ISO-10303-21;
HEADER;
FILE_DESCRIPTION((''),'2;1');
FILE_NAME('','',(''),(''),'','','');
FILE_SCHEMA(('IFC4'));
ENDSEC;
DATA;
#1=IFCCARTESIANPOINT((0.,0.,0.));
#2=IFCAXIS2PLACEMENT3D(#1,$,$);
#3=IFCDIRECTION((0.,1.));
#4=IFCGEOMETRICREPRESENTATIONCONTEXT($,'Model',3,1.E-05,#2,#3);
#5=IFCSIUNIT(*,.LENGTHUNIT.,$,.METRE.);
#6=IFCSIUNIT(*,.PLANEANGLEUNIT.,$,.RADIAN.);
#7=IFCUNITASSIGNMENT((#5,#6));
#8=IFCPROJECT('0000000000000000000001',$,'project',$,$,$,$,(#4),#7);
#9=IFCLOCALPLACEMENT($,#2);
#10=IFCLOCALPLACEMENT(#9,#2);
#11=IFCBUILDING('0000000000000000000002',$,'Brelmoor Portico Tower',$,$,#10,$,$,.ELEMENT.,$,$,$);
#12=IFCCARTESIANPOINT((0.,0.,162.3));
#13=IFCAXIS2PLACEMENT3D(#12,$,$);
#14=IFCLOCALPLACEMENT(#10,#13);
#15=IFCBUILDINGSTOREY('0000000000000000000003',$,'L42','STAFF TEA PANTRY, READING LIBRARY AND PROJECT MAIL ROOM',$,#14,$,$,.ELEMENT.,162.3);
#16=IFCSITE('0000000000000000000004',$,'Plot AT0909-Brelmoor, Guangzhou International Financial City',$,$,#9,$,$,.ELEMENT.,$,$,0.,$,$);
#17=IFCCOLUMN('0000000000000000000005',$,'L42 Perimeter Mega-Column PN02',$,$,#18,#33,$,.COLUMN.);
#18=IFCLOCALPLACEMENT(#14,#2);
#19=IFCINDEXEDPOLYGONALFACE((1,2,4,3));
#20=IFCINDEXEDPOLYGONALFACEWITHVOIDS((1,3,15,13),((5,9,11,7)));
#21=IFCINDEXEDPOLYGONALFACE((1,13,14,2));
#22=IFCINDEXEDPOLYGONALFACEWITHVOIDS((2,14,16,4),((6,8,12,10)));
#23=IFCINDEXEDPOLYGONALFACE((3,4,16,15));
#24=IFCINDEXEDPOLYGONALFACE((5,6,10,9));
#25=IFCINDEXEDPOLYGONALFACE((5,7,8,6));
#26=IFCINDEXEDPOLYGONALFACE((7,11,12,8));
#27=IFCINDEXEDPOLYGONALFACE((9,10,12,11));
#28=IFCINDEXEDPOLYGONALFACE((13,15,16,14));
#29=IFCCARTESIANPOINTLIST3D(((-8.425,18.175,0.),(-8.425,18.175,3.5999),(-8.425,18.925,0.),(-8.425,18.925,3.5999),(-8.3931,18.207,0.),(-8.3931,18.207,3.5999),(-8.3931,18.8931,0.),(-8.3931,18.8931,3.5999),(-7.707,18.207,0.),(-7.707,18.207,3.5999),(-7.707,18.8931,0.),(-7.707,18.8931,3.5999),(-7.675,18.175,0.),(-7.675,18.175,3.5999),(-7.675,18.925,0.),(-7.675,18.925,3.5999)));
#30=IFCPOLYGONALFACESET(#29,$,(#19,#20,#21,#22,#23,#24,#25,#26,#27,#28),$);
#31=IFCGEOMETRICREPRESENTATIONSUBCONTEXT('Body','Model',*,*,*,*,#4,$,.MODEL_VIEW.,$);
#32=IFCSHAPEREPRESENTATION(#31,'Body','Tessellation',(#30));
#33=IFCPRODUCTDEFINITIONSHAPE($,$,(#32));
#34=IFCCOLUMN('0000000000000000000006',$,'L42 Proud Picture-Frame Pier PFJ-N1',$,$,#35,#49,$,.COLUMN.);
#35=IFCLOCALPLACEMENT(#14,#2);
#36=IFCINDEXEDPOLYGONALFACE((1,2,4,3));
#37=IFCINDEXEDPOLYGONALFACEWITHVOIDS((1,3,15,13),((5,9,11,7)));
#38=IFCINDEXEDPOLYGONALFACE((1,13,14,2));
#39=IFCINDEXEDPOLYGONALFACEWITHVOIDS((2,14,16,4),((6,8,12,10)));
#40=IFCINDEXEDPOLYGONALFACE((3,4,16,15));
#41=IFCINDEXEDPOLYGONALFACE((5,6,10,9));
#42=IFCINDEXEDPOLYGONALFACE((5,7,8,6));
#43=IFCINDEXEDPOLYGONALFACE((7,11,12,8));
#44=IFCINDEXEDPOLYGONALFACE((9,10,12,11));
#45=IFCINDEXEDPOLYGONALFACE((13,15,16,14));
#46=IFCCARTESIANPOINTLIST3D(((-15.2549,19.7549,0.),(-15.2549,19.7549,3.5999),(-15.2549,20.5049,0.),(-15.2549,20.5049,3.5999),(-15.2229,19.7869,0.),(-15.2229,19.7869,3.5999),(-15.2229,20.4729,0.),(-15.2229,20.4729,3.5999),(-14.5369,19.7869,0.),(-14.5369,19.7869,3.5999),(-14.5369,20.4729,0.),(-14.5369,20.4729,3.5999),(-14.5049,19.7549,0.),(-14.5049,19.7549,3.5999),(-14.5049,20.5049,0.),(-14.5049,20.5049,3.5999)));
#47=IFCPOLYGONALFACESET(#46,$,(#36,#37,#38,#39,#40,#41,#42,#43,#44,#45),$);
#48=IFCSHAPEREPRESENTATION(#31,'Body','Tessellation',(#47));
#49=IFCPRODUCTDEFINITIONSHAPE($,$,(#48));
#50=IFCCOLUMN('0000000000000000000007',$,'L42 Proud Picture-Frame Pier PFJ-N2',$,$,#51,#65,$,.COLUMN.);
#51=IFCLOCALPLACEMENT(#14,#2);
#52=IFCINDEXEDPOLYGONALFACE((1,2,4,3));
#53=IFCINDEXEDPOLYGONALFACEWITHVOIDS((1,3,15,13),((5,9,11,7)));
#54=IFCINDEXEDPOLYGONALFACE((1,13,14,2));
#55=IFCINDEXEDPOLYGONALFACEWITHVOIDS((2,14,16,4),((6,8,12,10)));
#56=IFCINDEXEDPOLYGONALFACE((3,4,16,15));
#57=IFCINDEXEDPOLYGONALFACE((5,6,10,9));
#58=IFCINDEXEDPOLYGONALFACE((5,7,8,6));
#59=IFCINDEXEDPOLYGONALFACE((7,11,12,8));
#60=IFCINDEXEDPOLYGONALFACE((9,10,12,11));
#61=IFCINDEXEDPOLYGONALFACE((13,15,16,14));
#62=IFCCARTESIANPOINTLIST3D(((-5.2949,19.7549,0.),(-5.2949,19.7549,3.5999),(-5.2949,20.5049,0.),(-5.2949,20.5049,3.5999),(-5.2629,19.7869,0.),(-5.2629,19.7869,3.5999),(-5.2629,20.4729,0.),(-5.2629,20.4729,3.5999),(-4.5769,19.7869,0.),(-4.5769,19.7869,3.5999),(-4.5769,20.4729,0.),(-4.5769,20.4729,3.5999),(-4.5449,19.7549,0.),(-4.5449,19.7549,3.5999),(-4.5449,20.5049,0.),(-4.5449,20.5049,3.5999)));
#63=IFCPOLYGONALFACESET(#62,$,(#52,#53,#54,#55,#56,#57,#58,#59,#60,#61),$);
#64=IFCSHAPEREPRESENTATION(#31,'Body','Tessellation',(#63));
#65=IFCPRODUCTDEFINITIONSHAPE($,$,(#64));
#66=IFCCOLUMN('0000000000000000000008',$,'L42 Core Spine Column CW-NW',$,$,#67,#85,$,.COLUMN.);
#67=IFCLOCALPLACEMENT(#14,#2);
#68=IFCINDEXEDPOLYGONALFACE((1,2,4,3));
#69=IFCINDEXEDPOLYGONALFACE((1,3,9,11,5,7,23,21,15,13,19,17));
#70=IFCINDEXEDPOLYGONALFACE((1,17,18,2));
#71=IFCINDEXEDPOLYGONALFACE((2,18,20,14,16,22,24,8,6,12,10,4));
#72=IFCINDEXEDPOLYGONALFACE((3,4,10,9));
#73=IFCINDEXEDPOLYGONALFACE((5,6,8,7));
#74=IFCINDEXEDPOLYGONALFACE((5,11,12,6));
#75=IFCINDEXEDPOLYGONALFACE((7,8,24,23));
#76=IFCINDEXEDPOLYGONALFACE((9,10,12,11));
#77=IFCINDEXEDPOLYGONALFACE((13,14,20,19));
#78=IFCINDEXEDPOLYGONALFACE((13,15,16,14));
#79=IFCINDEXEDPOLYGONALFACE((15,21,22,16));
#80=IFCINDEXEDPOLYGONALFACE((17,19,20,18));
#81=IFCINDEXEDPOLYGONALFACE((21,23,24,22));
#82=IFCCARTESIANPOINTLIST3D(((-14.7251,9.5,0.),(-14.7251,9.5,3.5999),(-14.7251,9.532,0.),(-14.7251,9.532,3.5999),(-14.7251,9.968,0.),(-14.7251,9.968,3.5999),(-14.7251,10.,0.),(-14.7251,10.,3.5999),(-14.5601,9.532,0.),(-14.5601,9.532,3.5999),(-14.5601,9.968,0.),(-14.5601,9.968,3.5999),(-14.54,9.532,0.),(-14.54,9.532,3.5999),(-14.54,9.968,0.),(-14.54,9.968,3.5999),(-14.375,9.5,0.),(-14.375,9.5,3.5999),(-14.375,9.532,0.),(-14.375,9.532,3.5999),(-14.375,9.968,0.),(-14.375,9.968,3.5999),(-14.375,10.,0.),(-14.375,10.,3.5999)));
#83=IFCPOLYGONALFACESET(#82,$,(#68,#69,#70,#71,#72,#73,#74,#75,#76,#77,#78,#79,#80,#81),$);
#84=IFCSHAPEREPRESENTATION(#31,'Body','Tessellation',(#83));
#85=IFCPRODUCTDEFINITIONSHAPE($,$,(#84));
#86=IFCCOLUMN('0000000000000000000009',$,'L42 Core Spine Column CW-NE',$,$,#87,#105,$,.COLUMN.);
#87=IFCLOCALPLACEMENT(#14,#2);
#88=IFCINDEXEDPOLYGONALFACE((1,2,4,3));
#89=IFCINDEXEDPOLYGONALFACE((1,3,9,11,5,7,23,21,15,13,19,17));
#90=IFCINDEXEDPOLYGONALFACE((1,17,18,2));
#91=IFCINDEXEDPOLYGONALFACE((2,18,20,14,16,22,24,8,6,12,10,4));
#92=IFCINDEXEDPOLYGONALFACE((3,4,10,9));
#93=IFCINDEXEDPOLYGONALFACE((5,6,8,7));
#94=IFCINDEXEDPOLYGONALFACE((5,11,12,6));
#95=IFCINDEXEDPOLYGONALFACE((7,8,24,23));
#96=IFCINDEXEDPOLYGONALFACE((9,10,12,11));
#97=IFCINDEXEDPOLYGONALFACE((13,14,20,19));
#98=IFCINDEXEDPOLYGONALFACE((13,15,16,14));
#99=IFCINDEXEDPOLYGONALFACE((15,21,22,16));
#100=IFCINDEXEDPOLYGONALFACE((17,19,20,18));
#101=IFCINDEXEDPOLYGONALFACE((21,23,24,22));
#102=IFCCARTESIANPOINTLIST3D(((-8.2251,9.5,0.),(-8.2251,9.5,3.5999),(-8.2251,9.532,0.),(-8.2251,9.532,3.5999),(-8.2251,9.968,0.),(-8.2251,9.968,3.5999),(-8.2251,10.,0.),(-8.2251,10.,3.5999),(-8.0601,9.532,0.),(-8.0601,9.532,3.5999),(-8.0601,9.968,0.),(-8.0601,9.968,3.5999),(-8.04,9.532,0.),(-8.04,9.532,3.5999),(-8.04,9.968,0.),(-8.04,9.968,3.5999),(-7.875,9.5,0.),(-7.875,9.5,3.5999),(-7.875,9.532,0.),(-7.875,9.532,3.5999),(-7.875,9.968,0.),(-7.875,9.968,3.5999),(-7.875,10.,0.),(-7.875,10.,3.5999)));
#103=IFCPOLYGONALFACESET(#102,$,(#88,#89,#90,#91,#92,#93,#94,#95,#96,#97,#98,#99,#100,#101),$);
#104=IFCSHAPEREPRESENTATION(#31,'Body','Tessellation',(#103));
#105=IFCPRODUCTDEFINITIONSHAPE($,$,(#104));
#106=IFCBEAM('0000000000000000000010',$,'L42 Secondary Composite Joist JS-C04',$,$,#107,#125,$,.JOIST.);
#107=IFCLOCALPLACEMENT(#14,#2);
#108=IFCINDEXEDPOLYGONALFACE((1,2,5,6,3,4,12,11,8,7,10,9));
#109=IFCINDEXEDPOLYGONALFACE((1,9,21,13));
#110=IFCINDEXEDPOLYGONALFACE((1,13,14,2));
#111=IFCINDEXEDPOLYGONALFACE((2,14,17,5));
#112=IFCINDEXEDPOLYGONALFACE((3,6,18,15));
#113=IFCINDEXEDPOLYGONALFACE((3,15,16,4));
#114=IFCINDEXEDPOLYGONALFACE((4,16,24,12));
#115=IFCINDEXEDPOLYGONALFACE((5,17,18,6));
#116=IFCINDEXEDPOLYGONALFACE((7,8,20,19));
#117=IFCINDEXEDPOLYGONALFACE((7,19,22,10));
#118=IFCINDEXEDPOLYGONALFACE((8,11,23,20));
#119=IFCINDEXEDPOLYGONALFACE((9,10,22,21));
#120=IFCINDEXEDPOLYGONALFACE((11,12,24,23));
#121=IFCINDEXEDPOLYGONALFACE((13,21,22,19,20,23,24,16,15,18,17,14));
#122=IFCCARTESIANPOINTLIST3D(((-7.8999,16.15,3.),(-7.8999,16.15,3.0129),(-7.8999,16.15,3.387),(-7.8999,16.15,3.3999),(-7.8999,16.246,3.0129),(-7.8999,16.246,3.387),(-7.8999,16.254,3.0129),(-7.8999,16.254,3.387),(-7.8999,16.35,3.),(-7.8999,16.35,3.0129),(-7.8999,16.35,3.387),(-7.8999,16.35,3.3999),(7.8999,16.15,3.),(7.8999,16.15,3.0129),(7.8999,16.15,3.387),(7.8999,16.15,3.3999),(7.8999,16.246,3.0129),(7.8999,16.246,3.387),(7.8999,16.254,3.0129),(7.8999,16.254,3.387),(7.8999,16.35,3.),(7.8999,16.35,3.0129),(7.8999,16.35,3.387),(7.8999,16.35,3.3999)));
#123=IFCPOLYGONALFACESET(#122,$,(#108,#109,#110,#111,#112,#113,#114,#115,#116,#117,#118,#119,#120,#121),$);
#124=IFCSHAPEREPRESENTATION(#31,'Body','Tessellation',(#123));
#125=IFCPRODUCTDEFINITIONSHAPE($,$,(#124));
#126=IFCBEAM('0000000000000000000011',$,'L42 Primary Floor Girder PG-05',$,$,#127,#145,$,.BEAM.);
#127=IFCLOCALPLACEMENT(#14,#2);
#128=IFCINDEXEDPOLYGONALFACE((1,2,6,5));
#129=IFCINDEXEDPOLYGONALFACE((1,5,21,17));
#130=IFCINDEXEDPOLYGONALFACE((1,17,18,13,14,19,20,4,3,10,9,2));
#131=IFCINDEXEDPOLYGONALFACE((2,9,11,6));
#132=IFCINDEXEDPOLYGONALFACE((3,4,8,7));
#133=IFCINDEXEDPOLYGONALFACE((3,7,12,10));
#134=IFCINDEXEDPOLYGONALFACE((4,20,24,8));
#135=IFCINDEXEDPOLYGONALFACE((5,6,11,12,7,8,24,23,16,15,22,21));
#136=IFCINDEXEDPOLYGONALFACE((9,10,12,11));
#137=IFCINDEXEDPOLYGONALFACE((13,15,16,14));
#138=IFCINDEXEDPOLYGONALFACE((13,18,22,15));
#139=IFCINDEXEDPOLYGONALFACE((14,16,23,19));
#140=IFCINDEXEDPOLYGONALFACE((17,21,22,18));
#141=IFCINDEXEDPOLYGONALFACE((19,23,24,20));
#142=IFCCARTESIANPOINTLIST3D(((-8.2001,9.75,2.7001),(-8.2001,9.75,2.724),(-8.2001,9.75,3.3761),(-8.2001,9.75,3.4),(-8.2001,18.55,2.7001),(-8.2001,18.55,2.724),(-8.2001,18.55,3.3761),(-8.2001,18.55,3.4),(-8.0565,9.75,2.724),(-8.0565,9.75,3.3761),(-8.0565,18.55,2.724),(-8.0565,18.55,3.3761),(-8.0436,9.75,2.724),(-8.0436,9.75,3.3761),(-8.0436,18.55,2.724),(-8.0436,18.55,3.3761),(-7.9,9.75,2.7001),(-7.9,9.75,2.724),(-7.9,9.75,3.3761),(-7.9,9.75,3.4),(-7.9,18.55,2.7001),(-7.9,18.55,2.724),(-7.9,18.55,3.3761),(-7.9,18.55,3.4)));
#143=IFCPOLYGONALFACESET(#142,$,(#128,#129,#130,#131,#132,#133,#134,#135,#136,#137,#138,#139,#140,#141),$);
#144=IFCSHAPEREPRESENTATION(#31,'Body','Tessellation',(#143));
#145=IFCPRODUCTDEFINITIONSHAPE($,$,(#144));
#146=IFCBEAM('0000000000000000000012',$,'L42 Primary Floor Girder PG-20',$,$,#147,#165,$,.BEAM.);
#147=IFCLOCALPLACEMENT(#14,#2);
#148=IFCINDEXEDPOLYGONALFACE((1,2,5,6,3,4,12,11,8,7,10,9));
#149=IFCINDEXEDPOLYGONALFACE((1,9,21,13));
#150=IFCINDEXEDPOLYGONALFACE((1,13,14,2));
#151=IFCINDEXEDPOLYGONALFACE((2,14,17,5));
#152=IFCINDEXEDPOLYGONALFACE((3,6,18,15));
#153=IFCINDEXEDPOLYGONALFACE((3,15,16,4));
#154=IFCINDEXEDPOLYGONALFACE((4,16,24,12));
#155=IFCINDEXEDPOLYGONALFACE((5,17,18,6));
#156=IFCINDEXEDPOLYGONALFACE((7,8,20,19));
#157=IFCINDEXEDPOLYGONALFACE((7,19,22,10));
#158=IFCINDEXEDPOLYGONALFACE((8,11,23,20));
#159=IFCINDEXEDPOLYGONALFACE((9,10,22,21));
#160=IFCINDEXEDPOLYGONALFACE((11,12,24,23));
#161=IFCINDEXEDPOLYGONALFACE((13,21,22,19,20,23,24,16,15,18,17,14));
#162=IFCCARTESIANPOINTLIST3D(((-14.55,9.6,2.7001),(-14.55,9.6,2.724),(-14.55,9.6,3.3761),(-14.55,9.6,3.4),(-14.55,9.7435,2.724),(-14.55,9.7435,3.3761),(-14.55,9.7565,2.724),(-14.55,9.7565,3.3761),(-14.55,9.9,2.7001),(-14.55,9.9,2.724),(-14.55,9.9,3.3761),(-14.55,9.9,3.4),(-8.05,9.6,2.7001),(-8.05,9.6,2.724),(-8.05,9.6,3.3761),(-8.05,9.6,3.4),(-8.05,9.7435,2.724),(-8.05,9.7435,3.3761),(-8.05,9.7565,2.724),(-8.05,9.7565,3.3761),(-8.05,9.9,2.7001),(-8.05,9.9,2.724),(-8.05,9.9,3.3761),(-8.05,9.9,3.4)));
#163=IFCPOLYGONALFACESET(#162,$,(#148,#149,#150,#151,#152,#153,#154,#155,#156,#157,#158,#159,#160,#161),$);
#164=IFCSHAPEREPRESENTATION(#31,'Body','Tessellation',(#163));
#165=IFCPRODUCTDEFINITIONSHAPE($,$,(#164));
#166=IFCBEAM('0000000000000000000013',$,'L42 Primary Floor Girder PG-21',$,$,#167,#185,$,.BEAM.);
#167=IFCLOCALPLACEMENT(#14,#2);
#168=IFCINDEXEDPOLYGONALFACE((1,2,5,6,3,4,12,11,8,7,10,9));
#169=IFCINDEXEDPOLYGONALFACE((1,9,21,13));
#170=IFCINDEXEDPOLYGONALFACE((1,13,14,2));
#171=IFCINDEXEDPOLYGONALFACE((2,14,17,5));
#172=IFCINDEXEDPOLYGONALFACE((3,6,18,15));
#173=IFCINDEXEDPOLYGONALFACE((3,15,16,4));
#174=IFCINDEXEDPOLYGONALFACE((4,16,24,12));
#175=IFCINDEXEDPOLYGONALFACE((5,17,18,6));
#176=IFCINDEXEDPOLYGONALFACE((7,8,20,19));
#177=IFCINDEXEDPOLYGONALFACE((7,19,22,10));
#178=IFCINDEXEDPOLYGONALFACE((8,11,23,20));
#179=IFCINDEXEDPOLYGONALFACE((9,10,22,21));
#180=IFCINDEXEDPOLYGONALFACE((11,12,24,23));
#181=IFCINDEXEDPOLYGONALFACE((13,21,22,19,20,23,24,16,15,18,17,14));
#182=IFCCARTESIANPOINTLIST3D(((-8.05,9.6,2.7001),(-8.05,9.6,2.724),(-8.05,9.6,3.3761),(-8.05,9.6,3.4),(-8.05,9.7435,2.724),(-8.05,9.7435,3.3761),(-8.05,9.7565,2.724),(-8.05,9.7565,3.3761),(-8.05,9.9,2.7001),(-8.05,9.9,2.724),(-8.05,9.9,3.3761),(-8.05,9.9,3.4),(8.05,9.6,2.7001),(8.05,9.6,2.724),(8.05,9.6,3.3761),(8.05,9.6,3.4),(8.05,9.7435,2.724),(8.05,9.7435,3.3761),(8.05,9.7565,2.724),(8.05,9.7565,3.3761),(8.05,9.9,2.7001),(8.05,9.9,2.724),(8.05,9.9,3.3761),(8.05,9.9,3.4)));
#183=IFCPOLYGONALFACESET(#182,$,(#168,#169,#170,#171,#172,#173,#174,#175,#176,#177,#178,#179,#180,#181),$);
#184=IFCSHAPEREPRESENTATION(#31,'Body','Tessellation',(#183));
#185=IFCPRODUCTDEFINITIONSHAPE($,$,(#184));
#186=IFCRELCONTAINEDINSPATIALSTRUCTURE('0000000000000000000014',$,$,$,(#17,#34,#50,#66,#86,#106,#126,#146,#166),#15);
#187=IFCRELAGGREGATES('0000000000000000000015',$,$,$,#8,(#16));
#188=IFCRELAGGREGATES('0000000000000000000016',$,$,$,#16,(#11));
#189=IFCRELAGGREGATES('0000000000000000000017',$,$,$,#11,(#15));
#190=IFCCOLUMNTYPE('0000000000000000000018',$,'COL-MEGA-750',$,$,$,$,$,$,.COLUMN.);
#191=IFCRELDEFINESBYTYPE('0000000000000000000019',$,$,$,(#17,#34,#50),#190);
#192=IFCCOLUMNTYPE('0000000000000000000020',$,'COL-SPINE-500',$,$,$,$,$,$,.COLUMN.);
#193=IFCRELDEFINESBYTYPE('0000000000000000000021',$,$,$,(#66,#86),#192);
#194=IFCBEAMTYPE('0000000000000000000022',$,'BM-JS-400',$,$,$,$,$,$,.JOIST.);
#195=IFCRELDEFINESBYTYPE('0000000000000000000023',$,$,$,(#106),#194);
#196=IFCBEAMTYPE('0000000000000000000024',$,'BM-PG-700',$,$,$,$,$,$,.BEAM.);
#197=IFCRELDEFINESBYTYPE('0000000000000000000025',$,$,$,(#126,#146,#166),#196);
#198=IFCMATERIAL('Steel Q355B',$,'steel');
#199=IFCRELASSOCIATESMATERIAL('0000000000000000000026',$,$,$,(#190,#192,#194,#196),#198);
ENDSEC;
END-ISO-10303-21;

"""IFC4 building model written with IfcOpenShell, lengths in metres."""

from ifc_helpers import new_model, si_unit, direction, frame, origin, origin_2d, place, context, subcontext, project, spatial, hollow_rectangle, i_section, extrude, material, material_profile, profile_set, type_object, element, save


model = new_model("IFC4")

# Units and contexts
model_context = context("Model", 3, precision=1e-05, world=origin(), true_north=direction((0.0, 1.0)))
body_context = subcontext(model_context, "Body", "Model", "MODEL_VIEW")
ifc_project = project(units=[si_unit("LENGTHUNIT", "METRE"), si_unit("PLANEANGLEUNIT", "RADIAN")], contexts=[model_context])

# Site, building, storey
site_placement = place(None, origin())
site = spatial("IfcSite", under=ifc_project, at=site_placement, Name="Plot AT0909-Brelmoor, Guangzhou International Financial City", CompositionType="ELEMENT", RefElevation=0.0)
building_placement = place(site_placement, origin())
building = spatial("IfcBuilding", under=site, at=building_placement, Name="Brelmoor Portico Tower", CompositionType="ELEMENT")
storey_placement = place(building_placement, frame((0.0, 0.0, 162.3)))
storey = spatial("IfcBuildingStorey", under=building, at=storey_placement, Name="L42", Description="STAFF TEA PANTRY, READING LIBRARY AND PROJECT MAIL ROOM", CompositionType="ELEMENT", Elevation=162.3)

# Columns
ifc_material_1 = material(Name="Steel Q355B", Category="steel")
ifc_material_profile_1 = material_profile(ifc_material_1, hollow_rectangle(XDim=0.75, YDim=0.75, WallThickness=0.032, at=origin_2d()), Name="BOX 750x750x32")
ifc_profile_set_1 = profile_set([ifc_material_profile_1], Name="Steel Q355B")
column_type_1 = type_object("IfcColumnType", Name="COL-MEGA-750", PredefinedType="COLUMN", material=ifc_profile_set_1)
for number, where, z_axis, x_axis, name in (
    (1, (-8.05, 18.55, 0.0), (0.0, 0.0, 1.0), (1.0, 0.0, 0.0), "L42 Perimeter Mega-Column PN02"),
    (2, (-14.8799, 20.1299, 0.0), (0.0, 0.0, 1.0), (1.0, 0.0, 0.0), "L42 Proud Picture-Frame Pier PFJ-N1"),
    (3, (-4.9199, 20.1299, 0.0), (0.0, 0.0, 1.0), (1.0, 0.0, 0.0), "L42 Proud Picture-Frame Pier PFJ-N2"),
):
    element("IfcColumn", number, at=place(storey_placement, frame(where, z_axis=z_axis, x_axis=x_axis)), inside=storey, type_object=column_type_1, Name=name, PredefinedType="COLUMN", context=body_context, shape_type="SweptSolid", body=[
        extrude(hollow_rectangle(XDim=0.75, YDim=0.75, WallThickness=0.032, at=origin_2d()), origin(), (0.0, 0.0, 1.0), 3.5999),
    ])
ifc_material_profile_2 = material_profile(ifc_material_1, i_section(OverallWidth=0.3501, OverallDepth=0.5, WebThickness=0.02, FlangeThickness=0.032, at=origin_2d()), Name="HW 500x350x20x32")
ifc_profile_set_2 = profile_set([ifc_material_profile_2], Name="Steel Q355B")
column_type_2 = type_object("IfcColumnType", Name="COL-SPINE-500", PredefinedType="COLUMN", material=ifc_profile_set_2)
for number, where, z_axis, x_axis, name in (
    (4, (-14.55, 9.75, 0.0), (0.0, 0.0, 1.0), (1.0, 0.0, 0.0), "L42 Core Spine Column CW-NW"),
    (5, (-8.05, 9.75, 0.0), (0.0, 0.0, 1.0), (1.0, 0.0, 0.0), "L42 Core Spine Column CW-NE"),
):
    element("IfcColumn", number, at=place(storey_placement, frame(where, z_axis=z_axis, x_axis=x_axis)), inside=storey, type_object=column_type_2, Name=name, PredefinedType="COLUMN", context=body_context, shape_type="SweptSolid", body=[
        extrude(i_section(OverallWidth=0.3501, OverallDepth=0.5, WebThickness=0.02, FlangeThickness=0.032, at=origin_2d()), origin(), (0.0, 0.0, 1.0), 3.5999),
    ])

# Beams
ifc_material_profile_3 = material_profile(ifc_material_1, i_section(OverallWidth=0.2, OverallDepth=0.3999, WebThickness=0.0081, FlangeThickness=0.0129, at=origin_2d()), Name="HN 400x200x8x13")
ifc_profile_set_3 = profile_set([ifc_material_profile_3], Name="Steel Q355B")
beam_type_1 = type_object("IfcBeamType", Name="BM-JS-400", PredefinedType="JOIST", material=ifc_profile_set_3)
beam_1_placement = place(storey_placement, frame((-7.8999, 16.25, 3.2), z_axis=(1.0, 0.0, 0.0), x_axis=(0.0, 1.0, 0.0)))
element("IfcBeam", 6, at=beam_1_placement, inside=storey, type_object=beam_type_1, Name="L42 Secondary Composite Joist JS-C04", PredefinedType="JOIST", context=body_context, shape_type="SweptSolid", body=[
    extrude(i_section(OverallWidth=0.2, OverallDepth=0.3999, WebThickness=0.0081, FlangeThickness=0.0129, at=origin_2d()), origin(), (0.0, 0.0, 1.0), 15.7998),
])
ifc_material_profile_4 = material_profile(ifc_material_1, i_section(OverallWidth=0.3, OverallDepth=0.7, WebThickness=0.0129, FlangeThickness=0.0239, at=origin_2d()), Name="HN 700x300x13x24")
ifc_profile_set_4 = profile_set([ifc_material_profile_4], Name="Steel Q355B")
beam_type_2 = type_object("IfcBeamType", Name="BM-PG-700", PredefinedType="BEAM", material=ifc_profile_set_4)
beam_2_placement = place(storey_placement, frame((-8.05, 9.75, 3.05), z_axis=(0.0, 1.0, 0.0), x_axis=(-1.0, 0.0, 0.0)))
element("IfcBeam", 7, at=beam_2_placement, inside=storey, type_object=beam_type_2, Name="L42 Primary Floor Girder PG-05", PredefinedType="BEAM", context=body_context, shape_type="SweptSolid", body=[
    extrude(i_section(OverallWidth=0.3, OverallDepth=0.7, WebThickness=0.0129, FlangeThickness=0.0239, at=origin_2d()), origin(), (0.0, 0.0, 1.0), 8.8),
])
beam_3_placement = place(storey_placement, frame((-14.55, 9.75, 3.05), z_axis=(1.0, 0.0, 0.0), x_axis=(0.0, 1.0, 0.0)))
element("IfcBeam", 8, at=beam_3_placement, inside=storey, type_object=beam_type_2, Name="L42 Primary Floor Girder PG-20", PredefinedType="BEAM", context=body_context, shape_type="SweptSolid", body=[
    extrude(i_section(OverallWidth=0.3, OverallDepth=0.7, WebThickness=0.0129, FlangeThickness=0.0239, at=origin_2d()), origin(), (0.0, 0.0, 1.0), 6.5),
])
beam_4_placement = place(storey_placement, frame((-8.05, 9.75, 3.05), z_axis=(1.0, 0.0, 0.0), x_axis=(0.0, 1.0, 0.0)))
element("IfcBeam", 9, at=beam_4_placement, inside=storey, type_object=beam_type_2, Name="L42 Primary Floor Girder PG-21", PredefinedType="BEAM", context=body_context, shape_type="SweptSolid", body=[
    extrude(i_section(OverallWidth=0.3, OverallDepth=0.7, WebThickness=0.0129, FlangeThickness=0.0239, at=origin_2d()), origin(), (0.0, 0.0, 1.0), 16.1001),
])

save(model, "model.ifc")
